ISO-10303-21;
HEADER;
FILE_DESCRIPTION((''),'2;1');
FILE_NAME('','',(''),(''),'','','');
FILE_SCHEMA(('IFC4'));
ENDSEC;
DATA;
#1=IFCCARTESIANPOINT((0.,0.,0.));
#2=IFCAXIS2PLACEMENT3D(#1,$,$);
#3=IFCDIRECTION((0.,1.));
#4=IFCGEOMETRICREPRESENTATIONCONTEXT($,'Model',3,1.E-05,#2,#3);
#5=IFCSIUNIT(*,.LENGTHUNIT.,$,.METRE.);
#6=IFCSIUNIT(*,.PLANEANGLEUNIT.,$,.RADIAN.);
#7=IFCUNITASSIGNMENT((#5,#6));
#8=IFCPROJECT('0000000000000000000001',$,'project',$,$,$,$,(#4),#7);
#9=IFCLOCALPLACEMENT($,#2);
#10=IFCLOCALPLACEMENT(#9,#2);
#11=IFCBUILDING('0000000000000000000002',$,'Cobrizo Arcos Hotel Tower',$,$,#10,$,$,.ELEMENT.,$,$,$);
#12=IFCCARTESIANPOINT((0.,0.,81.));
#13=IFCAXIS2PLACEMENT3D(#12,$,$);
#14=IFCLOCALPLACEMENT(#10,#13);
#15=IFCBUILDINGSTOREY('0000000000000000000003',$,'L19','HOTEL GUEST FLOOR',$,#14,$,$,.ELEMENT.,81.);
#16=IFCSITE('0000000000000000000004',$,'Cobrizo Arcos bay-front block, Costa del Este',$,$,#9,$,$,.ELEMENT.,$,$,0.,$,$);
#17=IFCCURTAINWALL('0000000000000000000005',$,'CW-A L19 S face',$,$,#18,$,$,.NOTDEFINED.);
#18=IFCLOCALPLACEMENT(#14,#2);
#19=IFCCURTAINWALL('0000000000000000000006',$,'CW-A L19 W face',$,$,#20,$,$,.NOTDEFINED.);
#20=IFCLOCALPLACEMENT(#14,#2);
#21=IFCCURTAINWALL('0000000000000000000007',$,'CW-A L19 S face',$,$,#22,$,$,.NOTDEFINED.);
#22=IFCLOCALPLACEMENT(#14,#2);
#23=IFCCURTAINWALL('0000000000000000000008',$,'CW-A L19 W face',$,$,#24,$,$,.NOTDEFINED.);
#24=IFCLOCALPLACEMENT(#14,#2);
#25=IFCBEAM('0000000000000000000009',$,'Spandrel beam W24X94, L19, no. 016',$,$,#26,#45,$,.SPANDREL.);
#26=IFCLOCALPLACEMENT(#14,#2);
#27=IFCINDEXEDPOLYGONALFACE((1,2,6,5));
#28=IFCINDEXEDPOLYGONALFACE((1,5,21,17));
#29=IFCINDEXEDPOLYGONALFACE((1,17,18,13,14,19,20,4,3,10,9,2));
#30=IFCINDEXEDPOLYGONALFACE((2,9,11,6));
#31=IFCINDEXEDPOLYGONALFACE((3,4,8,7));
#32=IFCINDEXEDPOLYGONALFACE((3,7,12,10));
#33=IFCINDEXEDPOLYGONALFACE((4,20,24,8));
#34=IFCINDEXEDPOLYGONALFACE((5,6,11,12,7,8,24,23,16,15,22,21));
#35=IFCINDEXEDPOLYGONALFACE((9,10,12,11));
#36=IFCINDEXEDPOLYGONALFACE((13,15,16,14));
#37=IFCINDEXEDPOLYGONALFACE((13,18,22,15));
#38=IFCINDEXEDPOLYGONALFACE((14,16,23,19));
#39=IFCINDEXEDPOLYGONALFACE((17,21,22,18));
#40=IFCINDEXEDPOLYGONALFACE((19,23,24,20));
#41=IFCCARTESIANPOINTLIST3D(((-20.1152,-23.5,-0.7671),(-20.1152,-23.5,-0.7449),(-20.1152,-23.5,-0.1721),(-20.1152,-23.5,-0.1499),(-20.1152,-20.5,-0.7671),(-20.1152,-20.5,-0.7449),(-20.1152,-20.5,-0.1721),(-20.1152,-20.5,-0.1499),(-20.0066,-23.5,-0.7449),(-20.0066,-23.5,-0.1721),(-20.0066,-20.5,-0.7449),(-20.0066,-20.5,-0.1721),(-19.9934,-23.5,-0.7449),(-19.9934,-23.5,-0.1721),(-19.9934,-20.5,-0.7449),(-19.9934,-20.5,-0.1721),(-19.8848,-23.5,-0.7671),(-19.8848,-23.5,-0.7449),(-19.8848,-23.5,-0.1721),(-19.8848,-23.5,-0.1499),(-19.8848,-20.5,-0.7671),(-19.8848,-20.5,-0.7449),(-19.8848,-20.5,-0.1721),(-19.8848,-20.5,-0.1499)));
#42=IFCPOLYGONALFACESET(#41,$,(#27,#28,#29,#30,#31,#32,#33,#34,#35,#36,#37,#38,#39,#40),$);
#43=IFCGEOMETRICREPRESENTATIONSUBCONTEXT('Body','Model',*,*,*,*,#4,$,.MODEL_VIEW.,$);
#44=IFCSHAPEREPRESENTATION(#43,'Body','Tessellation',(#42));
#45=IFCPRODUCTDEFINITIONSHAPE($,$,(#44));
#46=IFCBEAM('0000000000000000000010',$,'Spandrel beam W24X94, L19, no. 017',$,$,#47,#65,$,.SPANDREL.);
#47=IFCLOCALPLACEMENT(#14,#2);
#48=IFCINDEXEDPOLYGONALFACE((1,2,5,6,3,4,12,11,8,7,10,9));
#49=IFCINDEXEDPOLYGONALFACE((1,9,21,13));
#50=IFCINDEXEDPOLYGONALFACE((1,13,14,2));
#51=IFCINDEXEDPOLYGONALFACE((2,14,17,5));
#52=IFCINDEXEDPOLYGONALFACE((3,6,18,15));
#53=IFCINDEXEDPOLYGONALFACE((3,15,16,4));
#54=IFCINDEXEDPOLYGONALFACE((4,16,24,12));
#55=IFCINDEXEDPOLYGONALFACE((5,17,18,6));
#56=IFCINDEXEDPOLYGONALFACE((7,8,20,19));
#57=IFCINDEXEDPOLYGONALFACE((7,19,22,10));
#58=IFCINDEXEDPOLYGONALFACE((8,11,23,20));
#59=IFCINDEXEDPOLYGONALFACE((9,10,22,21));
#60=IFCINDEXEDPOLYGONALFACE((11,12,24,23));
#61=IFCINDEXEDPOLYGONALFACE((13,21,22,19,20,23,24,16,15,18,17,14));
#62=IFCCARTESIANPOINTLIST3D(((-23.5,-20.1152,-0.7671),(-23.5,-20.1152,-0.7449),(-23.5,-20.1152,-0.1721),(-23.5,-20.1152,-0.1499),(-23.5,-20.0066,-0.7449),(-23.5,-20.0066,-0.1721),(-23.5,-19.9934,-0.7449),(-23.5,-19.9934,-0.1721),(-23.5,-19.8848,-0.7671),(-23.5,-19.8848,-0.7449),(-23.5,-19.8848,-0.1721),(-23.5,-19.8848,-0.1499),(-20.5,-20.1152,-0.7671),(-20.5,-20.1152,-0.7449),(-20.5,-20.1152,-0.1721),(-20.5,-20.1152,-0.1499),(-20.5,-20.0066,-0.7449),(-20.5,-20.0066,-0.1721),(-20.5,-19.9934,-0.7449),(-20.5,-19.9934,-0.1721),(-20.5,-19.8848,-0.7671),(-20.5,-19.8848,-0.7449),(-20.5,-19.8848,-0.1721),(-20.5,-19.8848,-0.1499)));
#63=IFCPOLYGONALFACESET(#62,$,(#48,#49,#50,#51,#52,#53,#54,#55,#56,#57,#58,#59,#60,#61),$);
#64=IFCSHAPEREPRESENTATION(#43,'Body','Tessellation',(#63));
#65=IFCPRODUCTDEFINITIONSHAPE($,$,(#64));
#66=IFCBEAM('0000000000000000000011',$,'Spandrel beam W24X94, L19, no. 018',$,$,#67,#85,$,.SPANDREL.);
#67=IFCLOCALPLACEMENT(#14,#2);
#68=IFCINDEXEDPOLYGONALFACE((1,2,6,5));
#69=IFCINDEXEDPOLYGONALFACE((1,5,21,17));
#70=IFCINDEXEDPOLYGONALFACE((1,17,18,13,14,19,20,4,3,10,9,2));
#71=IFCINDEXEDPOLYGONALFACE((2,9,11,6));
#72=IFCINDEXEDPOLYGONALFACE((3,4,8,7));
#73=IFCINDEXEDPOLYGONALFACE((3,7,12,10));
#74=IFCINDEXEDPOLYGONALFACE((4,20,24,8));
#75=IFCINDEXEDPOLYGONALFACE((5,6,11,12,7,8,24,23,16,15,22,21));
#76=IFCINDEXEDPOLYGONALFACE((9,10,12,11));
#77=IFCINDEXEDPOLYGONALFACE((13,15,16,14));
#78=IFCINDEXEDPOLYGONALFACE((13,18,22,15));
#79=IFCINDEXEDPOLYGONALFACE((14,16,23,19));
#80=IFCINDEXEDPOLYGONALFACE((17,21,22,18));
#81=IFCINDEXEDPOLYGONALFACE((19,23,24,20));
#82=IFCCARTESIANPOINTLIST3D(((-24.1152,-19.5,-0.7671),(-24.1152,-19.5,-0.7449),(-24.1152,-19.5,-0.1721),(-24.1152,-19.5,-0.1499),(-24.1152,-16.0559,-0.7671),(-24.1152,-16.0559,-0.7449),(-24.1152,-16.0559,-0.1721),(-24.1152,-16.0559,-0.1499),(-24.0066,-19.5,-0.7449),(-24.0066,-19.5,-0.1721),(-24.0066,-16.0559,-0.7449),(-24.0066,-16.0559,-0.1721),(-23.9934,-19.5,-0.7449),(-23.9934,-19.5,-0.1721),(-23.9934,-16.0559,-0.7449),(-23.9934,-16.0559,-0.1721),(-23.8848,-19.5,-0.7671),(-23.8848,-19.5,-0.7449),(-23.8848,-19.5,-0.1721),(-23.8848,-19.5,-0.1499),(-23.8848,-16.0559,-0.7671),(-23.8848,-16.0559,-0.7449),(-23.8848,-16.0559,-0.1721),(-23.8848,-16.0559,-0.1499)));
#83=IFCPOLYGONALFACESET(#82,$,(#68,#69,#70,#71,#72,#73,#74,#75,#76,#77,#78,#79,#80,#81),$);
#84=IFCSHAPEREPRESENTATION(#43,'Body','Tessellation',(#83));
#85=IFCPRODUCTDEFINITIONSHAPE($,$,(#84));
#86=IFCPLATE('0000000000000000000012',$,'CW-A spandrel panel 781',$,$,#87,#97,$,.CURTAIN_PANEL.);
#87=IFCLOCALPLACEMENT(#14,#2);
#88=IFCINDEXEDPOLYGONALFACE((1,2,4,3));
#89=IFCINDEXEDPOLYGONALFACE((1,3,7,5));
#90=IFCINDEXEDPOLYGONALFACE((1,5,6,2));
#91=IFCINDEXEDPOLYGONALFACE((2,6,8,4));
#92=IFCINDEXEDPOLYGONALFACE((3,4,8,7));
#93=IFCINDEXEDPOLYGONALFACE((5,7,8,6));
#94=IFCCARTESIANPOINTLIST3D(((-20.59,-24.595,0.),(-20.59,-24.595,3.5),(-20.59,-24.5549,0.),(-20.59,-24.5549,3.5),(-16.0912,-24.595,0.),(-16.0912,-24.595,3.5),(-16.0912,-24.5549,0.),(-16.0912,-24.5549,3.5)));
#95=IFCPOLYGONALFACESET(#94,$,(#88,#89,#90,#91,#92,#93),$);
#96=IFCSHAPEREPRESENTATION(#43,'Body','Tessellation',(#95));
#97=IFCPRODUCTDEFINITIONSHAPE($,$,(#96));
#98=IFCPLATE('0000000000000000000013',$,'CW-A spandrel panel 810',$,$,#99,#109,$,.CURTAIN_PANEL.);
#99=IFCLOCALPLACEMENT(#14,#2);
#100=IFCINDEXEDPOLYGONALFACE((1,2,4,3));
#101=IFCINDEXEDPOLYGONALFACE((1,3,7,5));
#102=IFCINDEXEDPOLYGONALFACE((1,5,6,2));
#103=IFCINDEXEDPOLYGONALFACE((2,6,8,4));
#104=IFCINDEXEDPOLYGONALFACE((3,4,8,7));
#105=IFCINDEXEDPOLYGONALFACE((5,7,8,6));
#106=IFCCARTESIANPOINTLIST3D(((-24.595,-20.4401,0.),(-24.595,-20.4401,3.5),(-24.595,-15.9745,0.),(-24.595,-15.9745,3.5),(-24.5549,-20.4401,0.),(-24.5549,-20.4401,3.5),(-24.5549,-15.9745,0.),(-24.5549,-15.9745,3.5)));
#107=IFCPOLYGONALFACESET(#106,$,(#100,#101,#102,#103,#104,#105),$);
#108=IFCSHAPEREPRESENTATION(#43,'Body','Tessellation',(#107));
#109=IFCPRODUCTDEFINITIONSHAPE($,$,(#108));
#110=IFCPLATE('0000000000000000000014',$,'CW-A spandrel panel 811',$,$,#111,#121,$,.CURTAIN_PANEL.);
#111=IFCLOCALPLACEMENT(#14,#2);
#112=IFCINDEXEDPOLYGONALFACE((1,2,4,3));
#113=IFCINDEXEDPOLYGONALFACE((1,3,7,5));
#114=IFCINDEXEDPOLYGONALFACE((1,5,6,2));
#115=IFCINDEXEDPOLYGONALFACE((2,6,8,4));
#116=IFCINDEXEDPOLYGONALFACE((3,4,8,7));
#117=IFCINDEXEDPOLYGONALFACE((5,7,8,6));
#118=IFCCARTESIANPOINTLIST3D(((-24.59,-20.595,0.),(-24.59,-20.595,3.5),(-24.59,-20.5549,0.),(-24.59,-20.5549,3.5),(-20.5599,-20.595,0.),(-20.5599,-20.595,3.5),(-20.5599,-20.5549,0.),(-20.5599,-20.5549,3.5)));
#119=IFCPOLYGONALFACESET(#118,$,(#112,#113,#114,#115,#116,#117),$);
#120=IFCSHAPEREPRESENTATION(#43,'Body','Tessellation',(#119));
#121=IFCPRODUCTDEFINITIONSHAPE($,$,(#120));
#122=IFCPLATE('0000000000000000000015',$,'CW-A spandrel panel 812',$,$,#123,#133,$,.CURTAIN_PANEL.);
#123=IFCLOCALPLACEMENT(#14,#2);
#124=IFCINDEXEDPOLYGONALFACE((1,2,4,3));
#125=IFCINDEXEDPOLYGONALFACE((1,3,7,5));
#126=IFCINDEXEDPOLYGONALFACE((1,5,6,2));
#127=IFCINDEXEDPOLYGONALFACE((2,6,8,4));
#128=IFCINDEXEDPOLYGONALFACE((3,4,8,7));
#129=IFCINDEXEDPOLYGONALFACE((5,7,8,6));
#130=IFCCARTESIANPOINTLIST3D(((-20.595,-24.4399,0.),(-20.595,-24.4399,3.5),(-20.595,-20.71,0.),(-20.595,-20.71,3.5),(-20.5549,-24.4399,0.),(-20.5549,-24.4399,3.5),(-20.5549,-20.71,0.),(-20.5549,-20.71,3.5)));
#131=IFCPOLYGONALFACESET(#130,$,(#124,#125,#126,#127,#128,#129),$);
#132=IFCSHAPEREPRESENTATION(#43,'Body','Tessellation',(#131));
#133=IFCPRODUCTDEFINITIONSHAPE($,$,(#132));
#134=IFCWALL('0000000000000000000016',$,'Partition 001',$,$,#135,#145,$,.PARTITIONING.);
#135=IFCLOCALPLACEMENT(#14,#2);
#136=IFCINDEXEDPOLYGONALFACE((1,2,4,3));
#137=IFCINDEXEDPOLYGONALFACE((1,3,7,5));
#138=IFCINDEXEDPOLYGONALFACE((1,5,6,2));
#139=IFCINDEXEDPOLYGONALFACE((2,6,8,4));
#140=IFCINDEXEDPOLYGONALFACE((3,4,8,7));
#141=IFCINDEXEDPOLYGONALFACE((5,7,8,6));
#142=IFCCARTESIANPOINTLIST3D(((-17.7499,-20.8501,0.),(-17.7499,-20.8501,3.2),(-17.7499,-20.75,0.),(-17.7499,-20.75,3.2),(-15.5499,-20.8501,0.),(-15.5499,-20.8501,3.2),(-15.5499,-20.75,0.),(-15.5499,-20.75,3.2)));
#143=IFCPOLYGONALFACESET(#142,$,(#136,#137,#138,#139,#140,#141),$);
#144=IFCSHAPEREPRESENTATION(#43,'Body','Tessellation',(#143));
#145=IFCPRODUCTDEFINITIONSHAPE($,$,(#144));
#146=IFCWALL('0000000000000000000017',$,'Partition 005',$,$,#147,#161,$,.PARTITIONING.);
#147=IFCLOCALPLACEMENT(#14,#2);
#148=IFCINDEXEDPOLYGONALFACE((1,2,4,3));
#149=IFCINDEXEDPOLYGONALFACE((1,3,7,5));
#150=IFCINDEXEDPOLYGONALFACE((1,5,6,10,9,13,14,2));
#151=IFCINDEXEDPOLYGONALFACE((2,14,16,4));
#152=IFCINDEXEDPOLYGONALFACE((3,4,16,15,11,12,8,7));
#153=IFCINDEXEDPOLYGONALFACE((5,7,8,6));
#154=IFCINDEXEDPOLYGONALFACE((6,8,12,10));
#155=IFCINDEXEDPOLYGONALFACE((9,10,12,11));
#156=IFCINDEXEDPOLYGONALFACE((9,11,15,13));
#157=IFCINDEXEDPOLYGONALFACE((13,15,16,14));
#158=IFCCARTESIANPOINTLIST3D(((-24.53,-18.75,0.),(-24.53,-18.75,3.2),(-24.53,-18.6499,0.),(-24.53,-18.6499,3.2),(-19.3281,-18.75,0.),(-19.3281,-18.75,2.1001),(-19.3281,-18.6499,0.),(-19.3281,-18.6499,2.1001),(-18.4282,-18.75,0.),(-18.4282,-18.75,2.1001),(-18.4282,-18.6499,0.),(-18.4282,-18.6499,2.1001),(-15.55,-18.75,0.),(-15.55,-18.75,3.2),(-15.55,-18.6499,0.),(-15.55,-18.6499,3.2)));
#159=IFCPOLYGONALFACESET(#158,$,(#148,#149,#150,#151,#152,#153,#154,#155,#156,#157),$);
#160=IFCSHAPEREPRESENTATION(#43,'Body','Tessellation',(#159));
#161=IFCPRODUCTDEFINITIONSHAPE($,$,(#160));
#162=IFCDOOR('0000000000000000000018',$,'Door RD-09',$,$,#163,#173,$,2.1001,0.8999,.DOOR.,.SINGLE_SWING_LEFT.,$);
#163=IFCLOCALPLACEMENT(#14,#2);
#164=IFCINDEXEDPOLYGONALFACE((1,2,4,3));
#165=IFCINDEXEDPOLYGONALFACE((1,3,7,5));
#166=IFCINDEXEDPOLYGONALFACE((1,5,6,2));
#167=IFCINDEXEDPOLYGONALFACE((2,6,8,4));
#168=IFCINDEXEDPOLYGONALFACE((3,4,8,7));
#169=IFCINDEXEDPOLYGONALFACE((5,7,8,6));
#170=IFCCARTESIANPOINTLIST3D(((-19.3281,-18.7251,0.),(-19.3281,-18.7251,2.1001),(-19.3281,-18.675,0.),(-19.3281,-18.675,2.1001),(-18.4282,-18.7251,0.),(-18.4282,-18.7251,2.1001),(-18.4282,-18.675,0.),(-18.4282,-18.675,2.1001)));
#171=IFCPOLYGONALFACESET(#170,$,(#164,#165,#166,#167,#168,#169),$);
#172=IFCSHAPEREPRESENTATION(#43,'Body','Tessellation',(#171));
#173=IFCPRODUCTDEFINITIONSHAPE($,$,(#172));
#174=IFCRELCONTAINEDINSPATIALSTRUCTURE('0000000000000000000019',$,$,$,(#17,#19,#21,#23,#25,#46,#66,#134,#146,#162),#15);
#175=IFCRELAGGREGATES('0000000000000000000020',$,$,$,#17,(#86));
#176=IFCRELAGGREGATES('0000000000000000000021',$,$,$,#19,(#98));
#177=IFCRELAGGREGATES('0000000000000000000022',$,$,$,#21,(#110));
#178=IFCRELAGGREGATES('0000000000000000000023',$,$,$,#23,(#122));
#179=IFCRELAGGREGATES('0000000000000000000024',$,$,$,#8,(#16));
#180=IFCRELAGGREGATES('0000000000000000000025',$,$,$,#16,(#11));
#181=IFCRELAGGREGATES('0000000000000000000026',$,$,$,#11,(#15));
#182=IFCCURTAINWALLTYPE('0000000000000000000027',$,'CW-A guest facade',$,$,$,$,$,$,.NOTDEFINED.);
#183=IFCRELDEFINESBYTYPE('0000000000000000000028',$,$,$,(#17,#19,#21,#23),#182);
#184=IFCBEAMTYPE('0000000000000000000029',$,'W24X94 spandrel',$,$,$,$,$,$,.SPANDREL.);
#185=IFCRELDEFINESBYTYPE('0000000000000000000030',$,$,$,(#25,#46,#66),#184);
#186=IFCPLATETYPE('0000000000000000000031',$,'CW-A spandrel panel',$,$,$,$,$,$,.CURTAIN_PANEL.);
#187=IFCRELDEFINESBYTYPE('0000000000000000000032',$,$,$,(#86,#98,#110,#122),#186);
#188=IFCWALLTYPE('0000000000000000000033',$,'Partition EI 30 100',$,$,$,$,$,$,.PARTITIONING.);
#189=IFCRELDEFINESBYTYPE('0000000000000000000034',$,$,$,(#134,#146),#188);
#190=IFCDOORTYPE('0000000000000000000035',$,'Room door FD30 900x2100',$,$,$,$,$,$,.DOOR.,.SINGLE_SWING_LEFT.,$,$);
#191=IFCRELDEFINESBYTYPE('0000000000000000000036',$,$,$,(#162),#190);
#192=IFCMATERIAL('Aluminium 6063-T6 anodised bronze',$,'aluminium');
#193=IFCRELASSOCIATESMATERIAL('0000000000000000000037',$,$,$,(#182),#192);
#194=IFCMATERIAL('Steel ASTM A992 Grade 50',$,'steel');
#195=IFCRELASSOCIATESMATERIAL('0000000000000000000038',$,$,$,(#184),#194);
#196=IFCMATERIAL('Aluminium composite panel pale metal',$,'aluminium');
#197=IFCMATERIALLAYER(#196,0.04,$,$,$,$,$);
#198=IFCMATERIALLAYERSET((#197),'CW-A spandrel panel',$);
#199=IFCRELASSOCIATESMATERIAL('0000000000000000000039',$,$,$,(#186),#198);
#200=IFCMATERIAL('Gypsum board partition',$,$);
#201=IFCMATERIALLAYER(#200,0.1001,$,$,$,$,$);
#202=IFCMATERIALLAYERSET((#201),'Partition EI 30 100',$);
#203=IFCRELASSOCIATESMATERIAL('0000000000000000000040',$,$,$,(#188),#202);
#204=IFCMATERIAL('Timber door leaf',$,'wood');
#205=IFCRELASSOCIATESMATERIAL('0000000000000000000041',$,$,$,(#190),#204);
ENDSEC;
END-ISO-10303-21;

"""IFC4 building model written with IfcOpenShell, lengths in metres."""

from ifc_helpers import new_model, si_unit, direction, frame, frame_2d, origin, origin_2d, place, context, subcontext, project, spatial, rectangle, i_section, extrude, material, layer, layer_set, material_profile, profile_set, type_object, element, fill, aggregate, save


model = new_model("IFC4")

# Units and contexts
model_context = context("Model", 3, precision=1e-05, world=origin(), true_north=direction((0.0, 1.0)))
body_context = subcontext(model_context, "Body", "Model", "MODEL_VIEW")
ifc_project = project(units=[si_unit("LENGTHUNIT", "METRE"), si_unit("PLANEANGLEUNIT", "RADIAN")], contexts=[model_context])

# Site, building, storey
site_placement = place(None, origin())
site = spatial("IfcSite", under=ifc_project, at=site_placement, Name="Cobrizo Arcos bay-front block, Costa del Este", CompositionType="ELEMENT", RefElevation=0.0)
building_placement = place(site_placement, origin())
building = spatial("IfcBuilding", under=site, at=building_placement, Name="Cobrizo Arcos Hotel Tower", CompositionType="ELEMENT")
storey_placement = place(building_placement, frame((0.0, 0.0, 81.0)))
storey = spatial("IfcBuildingStorey", under=building, at=storey_placement, Name="L19", Description="HOTEL GUEST FLOOR", CompositionType="ELEMENT", Elevation=81.0)

# Curtain walls
ifc_material_1 = material(Name="Aluminium 6063-T6 anodised bronze", Category="aluminium")
curtain_wall_type = type_object("IfcCurtainWallType", Name="CW-A guest facade", PredefinedType="NOTDEFINED", material=ifc_material_1)
curtain_wall_1_placement = place(storey_placement, origin())
curtain_wall_1 = element("IfcCurtainWall", 1, at=curtain_wall_1_placement, inside=storey, type_object=curtain_wall_type, Name="CW-A L19 S face", PredefinedType="NOTDEFINED")
curtain_wall_2_placement = place(storey_placement, origin())
curtain_wall_2 = element("IfcCurtainWall", 2, at=curtain_wall_2_placement, inside=storey, type_object=curtain_wall_type, Name="CW-A L19 W face", PredefinedType="NOTDEFINED")
curtain_wall_3_placement = place(storey_placement, origin())
curtain_wall_3 = element("IfcCurtainWall", 3, at=curtain_wall_3_placement, inside=storey, type_object=curtain_wall_type, Name="CW-A L19 S face", PredefinedType="NOTDEFINED")
curtain_wall_4_placement = place(storey_placement, origin())
curtain_wall_4 = element("IfcCurtainWall", 4, at=curtain_wall_4_placement, inside=storey, type_object=curtain_wall_type, Name="CW-A L19 W face", PredefinedType="NOTDEFINED")

# Beams
ifc_material_2 = material(Name="Steel ASTM A992 Grade 50", Category="steel")
ifc_material_profile_1 = material_profile(ifc_material_2, i_section(OverallWidth=0.2305, OverallDepth=0.6172, WebThickness=0.0132, FlangeThickness=0.0222, at=origin_2d()), Name="W24X94")
ifc_profile_set_1 = profile_set([ifc_material_profile_1], Name="Steel ASTM A992 Grade 50")
beam_type_1 = type_object("IfcBeamType", Name="W24X94 spandrel", PredefinedType="SPANDREL", material=ifc_profile_set_1)
for number, where, z_axis, x_axis, name in (
    (5, (-20.0, -23.5, -0.4585), (0.0, 1.0, 0.0), (-1.0, 0.0, 0.0), "Spandrel beam W24X94, L19, no. 016"),
    (6, (-20.5, -20.0, -0.4585), (-1.0, 0.0, 0.0), (0.0, -1.0, 0.0), "Spandrel beam W24X94, L19, no. 017"),
):
    element("IfcBeam", number, at=place(storey_placement, frame(where, z_axis=z_axis, x_axis=x_axis)), inside=storey, type_object=beam_type_1, Name=name, PredefinedType="SPANDREL", context=body_context, shape_type="SweptSolid", body=[
        extrude(i_section(OverallWidth=0.2305, OverallDepth=0.6172, WebThickness=0.0132, FlangeThickness=0.0222, at=origin_2d()), origin(), (0.0, 0.0, 1.0), 3.0),
    ])
beam_1_placement = place(storey_placement, frame((-24.0, -19.5, -0.4585), z_axis=(0.0, 1.0, 0.0), x_axis=(-1.0, 0.0, 0.0)))
element("IfcBeam", 7, at=beam_1_placement, inside=storey, type_object=beam_type_1, Name="Spandrel beam W24X94, L19, no. 018", PredefinedType="SPANDREL", context=body_context, shape_type="SweptSolid", body=[
    extrude(i_section(OverallWidth=0.2305, OverallDepth=0.6172, WebThickness=0.0132, FlangeThickness=0.0222, at=origin_2d()), origin(), (0.0, 0.0, 1.0), 3.4441),
])

# Plates
ifc_material_3 = material(Name="Aluminium composite panel pale metal", Category="aluminium")
ifc_layer_1 = layer(ifc_material_3, 0.04)
ifc_layer_set_1 = layer_set([ifc_layer_1], Name="CW-A spandrel panel")
plate_type = type_object("IfcPlateType", Name="CW-A spandrel panel", PredefinedType="CURTAIN_PANEL", material=ifc_layer_set_1)
plate_1_placement = place(storey_placement, frame((-18.3406, -24.575, 0.0), z_axis=(0.0, 0.0, 1.0), x_axis=(1.0, 0.0, 0.0)))
plate_1 = element("IfcPlate", 8, at=plate_1_placement, type_object=plate_type, Name="CW-A spandrel panel 781", PredefinedType="CURTAIN_PANEL", context=body_context, shape_type="SweptSolid", body=[
    extrude(rectangle(XDim=4.4988, YDim=0.04, at=origin_2d()), origin(), (0.0, 0.0, 1.0), 3.5),
])
aggregate(curtain_wall_1, [plate_1])
plate_2_placement = place(storey_placement, frame((-24.575, -18.2073, 0.0), z_axis=(0.0, 0.0, 1.0), x_axis=(0.0, -1.0, 0.0)))
plate_2 = element("IfcPlate", 9, at=plate_2_placement, type_object=plate_type, Name="CW-A spandrel panel 810", PredefinedType="CURTAIN_PANEL", context=body_context, shape_type="SweptSolid", body=[
    extrude(rectangle(XDim=4.4656, YDim=0.04, at=origin_2d()), origin(), (0.0, 0.0, 1.0), 3.5),
])
aggregate(curtain_wall_2, [plate_2])
plate_3_placement = place(storey_placement, frame((-22.575, -20.575, 0.0), z_axis=(0.0, 0.0, 1.0), x_axis=(1.0, 0.0, 0.0)))
plate_3 = element("IfcPlate", 10, at=plate_3_placement, type_object=plate_type, Name="CW-A spandrel panel 811", PredefinedType="CURTAIN_PANEL", context=body_context, shape_type="SweptSolid", body=[
    extrude(rectangle(XDim=4.03, YDim=0.04, at=origin_2d()), origin(), (0.0, 0.0, 1.0), 3.5),
])
aggregate(curtain_wall_3, [plate_3])
plate_4_placement = place(storey_placement, frame((-20.575, -22.575, 0.0), z_axis=(0.0, 0.0, 1.0), x_axis=(0.0, -1.0, 0.0)))
plate_4 = element("IfcPlate", 11, at=plate_4_placement, type_object=plate_type, Name="CW-A spandrel panel 812", PredefinedType="CURTAIN_PANEL", context=body_context, shape_type="SweptSolid", body=[
    extrude(rectangle(XDim=3.73, YDim=0.04, at=origin_2d()), origin(), (0.0, 0.0, 1.0), 3.5),
])
aggregate(curtain_wall_4, [plate_4])

# Wall
ifc_material_4 = material(Name="Gypsum board partition")
ifc_layer_2 = layer(ifc_material_4, 0.1001)
ifc_layer_set_2 = layer_set([ifc_layer_2], Name="Partition EI 30 100")
wall_type = type_object("IfcWallType", Name="Partition EI 30 100", PredefinedType="PARTITIONING", material=ifc_layer_set_2)
wall_1_placement = place(storey_placement, frame((-17.75, -20.8, 0.0), z_axis=(0.0, 0.0, 1.0), x_axis=(1.0, 0.0, 0.0)))
element("IfcWall", 12, at=wall_1_placement, inside=storey, type_object=wall_type, Name="Partition 001", PredefinedType="PARTITIONING", context=body_context, shape_type="SweptSolid", body=[
    extrude(rectangle(XDim=2.2, YDim=0.1001, at=frame_2d((1.1001, 0.0))), origin(), (0.0, 0.0, 1.0), 3.2),
])

# Wall, opening, door
wall_2_placement = place(storey_placement, frame((-24.53, -18.7, 0.0), z_axis=(0.0, 0.0, 1.0), x_axis=(1.0, 0.0, 0.0)))
wall_2 = element("IfcWall", 13, at=wall_2_placement, inside=storey, type_object=wall_type, Name="Partition 005", PredefinedType="PARTITIONING", context=body_context, shape_type="SweptSolid", body=[
    extrude(rectangle(XDim=8.98, YDim=0.1001, at=frame_2d((4.49, 0.0))), origin(), (0.0, 0.0, 1.0), 3.2),
])
opening_1_placement = place(wall_2_placement, frame((5.2019, 0.0, 0.0)))
opening_1 = element("IfcOpeningElement", 14, at=opening_1_placement, cuts=wall_2, PredefinedType="OPENING", context=body_context, shape_type="SweptSolid", body=[
    extrude(rectangle(XDim=0.8999, YDim=2.1001, at=frame_2d((0.45, 1.05))), frame((0.0, 0.062, 0.0), z_axis=(0.0, -1.0, 0.0), x_axis=(1.0, 0.0, 0.0)), (0.0, 0.0, 1.0), 0.124),
])
ifc_material_5 = material(Name="Timber door leaf", Category="wood")
door_type_1 = type_object("IfcDoorType", Name="Room door FD30 900x2100", OperationType="SINGLE_SWING_LEFT", PredefinedType="DOOR", material=ifc_material_5)
door_1_placement = place(opening_1_placement, origin())
door_1 = element("IfcDoor", 15, at=door_1_placement, inside=storey, type_object=door_type_1, Name="Door RD-09", OperationType="SINGLE_SWING_LEFT", OverallHeight=2.1001, OverallWidth=0.8999, PredefinedType="DOOR", context=body_context, shape_type="SweptSolid", body=[
    extrude(rectangle(XDim=0.8999, YDim=2.1001, at=frame_2d((0.45, 1.05))), frame((0.0, 0.0249, 0.0), z_axis=(0.0, -1.0, 0.0), x_axis=(1.0, 0.0, 0.0)), (0.0, 0.0, 1.0), 0.05),
])
fill(opening_1, door_1)

save(model, "model.ifc")
